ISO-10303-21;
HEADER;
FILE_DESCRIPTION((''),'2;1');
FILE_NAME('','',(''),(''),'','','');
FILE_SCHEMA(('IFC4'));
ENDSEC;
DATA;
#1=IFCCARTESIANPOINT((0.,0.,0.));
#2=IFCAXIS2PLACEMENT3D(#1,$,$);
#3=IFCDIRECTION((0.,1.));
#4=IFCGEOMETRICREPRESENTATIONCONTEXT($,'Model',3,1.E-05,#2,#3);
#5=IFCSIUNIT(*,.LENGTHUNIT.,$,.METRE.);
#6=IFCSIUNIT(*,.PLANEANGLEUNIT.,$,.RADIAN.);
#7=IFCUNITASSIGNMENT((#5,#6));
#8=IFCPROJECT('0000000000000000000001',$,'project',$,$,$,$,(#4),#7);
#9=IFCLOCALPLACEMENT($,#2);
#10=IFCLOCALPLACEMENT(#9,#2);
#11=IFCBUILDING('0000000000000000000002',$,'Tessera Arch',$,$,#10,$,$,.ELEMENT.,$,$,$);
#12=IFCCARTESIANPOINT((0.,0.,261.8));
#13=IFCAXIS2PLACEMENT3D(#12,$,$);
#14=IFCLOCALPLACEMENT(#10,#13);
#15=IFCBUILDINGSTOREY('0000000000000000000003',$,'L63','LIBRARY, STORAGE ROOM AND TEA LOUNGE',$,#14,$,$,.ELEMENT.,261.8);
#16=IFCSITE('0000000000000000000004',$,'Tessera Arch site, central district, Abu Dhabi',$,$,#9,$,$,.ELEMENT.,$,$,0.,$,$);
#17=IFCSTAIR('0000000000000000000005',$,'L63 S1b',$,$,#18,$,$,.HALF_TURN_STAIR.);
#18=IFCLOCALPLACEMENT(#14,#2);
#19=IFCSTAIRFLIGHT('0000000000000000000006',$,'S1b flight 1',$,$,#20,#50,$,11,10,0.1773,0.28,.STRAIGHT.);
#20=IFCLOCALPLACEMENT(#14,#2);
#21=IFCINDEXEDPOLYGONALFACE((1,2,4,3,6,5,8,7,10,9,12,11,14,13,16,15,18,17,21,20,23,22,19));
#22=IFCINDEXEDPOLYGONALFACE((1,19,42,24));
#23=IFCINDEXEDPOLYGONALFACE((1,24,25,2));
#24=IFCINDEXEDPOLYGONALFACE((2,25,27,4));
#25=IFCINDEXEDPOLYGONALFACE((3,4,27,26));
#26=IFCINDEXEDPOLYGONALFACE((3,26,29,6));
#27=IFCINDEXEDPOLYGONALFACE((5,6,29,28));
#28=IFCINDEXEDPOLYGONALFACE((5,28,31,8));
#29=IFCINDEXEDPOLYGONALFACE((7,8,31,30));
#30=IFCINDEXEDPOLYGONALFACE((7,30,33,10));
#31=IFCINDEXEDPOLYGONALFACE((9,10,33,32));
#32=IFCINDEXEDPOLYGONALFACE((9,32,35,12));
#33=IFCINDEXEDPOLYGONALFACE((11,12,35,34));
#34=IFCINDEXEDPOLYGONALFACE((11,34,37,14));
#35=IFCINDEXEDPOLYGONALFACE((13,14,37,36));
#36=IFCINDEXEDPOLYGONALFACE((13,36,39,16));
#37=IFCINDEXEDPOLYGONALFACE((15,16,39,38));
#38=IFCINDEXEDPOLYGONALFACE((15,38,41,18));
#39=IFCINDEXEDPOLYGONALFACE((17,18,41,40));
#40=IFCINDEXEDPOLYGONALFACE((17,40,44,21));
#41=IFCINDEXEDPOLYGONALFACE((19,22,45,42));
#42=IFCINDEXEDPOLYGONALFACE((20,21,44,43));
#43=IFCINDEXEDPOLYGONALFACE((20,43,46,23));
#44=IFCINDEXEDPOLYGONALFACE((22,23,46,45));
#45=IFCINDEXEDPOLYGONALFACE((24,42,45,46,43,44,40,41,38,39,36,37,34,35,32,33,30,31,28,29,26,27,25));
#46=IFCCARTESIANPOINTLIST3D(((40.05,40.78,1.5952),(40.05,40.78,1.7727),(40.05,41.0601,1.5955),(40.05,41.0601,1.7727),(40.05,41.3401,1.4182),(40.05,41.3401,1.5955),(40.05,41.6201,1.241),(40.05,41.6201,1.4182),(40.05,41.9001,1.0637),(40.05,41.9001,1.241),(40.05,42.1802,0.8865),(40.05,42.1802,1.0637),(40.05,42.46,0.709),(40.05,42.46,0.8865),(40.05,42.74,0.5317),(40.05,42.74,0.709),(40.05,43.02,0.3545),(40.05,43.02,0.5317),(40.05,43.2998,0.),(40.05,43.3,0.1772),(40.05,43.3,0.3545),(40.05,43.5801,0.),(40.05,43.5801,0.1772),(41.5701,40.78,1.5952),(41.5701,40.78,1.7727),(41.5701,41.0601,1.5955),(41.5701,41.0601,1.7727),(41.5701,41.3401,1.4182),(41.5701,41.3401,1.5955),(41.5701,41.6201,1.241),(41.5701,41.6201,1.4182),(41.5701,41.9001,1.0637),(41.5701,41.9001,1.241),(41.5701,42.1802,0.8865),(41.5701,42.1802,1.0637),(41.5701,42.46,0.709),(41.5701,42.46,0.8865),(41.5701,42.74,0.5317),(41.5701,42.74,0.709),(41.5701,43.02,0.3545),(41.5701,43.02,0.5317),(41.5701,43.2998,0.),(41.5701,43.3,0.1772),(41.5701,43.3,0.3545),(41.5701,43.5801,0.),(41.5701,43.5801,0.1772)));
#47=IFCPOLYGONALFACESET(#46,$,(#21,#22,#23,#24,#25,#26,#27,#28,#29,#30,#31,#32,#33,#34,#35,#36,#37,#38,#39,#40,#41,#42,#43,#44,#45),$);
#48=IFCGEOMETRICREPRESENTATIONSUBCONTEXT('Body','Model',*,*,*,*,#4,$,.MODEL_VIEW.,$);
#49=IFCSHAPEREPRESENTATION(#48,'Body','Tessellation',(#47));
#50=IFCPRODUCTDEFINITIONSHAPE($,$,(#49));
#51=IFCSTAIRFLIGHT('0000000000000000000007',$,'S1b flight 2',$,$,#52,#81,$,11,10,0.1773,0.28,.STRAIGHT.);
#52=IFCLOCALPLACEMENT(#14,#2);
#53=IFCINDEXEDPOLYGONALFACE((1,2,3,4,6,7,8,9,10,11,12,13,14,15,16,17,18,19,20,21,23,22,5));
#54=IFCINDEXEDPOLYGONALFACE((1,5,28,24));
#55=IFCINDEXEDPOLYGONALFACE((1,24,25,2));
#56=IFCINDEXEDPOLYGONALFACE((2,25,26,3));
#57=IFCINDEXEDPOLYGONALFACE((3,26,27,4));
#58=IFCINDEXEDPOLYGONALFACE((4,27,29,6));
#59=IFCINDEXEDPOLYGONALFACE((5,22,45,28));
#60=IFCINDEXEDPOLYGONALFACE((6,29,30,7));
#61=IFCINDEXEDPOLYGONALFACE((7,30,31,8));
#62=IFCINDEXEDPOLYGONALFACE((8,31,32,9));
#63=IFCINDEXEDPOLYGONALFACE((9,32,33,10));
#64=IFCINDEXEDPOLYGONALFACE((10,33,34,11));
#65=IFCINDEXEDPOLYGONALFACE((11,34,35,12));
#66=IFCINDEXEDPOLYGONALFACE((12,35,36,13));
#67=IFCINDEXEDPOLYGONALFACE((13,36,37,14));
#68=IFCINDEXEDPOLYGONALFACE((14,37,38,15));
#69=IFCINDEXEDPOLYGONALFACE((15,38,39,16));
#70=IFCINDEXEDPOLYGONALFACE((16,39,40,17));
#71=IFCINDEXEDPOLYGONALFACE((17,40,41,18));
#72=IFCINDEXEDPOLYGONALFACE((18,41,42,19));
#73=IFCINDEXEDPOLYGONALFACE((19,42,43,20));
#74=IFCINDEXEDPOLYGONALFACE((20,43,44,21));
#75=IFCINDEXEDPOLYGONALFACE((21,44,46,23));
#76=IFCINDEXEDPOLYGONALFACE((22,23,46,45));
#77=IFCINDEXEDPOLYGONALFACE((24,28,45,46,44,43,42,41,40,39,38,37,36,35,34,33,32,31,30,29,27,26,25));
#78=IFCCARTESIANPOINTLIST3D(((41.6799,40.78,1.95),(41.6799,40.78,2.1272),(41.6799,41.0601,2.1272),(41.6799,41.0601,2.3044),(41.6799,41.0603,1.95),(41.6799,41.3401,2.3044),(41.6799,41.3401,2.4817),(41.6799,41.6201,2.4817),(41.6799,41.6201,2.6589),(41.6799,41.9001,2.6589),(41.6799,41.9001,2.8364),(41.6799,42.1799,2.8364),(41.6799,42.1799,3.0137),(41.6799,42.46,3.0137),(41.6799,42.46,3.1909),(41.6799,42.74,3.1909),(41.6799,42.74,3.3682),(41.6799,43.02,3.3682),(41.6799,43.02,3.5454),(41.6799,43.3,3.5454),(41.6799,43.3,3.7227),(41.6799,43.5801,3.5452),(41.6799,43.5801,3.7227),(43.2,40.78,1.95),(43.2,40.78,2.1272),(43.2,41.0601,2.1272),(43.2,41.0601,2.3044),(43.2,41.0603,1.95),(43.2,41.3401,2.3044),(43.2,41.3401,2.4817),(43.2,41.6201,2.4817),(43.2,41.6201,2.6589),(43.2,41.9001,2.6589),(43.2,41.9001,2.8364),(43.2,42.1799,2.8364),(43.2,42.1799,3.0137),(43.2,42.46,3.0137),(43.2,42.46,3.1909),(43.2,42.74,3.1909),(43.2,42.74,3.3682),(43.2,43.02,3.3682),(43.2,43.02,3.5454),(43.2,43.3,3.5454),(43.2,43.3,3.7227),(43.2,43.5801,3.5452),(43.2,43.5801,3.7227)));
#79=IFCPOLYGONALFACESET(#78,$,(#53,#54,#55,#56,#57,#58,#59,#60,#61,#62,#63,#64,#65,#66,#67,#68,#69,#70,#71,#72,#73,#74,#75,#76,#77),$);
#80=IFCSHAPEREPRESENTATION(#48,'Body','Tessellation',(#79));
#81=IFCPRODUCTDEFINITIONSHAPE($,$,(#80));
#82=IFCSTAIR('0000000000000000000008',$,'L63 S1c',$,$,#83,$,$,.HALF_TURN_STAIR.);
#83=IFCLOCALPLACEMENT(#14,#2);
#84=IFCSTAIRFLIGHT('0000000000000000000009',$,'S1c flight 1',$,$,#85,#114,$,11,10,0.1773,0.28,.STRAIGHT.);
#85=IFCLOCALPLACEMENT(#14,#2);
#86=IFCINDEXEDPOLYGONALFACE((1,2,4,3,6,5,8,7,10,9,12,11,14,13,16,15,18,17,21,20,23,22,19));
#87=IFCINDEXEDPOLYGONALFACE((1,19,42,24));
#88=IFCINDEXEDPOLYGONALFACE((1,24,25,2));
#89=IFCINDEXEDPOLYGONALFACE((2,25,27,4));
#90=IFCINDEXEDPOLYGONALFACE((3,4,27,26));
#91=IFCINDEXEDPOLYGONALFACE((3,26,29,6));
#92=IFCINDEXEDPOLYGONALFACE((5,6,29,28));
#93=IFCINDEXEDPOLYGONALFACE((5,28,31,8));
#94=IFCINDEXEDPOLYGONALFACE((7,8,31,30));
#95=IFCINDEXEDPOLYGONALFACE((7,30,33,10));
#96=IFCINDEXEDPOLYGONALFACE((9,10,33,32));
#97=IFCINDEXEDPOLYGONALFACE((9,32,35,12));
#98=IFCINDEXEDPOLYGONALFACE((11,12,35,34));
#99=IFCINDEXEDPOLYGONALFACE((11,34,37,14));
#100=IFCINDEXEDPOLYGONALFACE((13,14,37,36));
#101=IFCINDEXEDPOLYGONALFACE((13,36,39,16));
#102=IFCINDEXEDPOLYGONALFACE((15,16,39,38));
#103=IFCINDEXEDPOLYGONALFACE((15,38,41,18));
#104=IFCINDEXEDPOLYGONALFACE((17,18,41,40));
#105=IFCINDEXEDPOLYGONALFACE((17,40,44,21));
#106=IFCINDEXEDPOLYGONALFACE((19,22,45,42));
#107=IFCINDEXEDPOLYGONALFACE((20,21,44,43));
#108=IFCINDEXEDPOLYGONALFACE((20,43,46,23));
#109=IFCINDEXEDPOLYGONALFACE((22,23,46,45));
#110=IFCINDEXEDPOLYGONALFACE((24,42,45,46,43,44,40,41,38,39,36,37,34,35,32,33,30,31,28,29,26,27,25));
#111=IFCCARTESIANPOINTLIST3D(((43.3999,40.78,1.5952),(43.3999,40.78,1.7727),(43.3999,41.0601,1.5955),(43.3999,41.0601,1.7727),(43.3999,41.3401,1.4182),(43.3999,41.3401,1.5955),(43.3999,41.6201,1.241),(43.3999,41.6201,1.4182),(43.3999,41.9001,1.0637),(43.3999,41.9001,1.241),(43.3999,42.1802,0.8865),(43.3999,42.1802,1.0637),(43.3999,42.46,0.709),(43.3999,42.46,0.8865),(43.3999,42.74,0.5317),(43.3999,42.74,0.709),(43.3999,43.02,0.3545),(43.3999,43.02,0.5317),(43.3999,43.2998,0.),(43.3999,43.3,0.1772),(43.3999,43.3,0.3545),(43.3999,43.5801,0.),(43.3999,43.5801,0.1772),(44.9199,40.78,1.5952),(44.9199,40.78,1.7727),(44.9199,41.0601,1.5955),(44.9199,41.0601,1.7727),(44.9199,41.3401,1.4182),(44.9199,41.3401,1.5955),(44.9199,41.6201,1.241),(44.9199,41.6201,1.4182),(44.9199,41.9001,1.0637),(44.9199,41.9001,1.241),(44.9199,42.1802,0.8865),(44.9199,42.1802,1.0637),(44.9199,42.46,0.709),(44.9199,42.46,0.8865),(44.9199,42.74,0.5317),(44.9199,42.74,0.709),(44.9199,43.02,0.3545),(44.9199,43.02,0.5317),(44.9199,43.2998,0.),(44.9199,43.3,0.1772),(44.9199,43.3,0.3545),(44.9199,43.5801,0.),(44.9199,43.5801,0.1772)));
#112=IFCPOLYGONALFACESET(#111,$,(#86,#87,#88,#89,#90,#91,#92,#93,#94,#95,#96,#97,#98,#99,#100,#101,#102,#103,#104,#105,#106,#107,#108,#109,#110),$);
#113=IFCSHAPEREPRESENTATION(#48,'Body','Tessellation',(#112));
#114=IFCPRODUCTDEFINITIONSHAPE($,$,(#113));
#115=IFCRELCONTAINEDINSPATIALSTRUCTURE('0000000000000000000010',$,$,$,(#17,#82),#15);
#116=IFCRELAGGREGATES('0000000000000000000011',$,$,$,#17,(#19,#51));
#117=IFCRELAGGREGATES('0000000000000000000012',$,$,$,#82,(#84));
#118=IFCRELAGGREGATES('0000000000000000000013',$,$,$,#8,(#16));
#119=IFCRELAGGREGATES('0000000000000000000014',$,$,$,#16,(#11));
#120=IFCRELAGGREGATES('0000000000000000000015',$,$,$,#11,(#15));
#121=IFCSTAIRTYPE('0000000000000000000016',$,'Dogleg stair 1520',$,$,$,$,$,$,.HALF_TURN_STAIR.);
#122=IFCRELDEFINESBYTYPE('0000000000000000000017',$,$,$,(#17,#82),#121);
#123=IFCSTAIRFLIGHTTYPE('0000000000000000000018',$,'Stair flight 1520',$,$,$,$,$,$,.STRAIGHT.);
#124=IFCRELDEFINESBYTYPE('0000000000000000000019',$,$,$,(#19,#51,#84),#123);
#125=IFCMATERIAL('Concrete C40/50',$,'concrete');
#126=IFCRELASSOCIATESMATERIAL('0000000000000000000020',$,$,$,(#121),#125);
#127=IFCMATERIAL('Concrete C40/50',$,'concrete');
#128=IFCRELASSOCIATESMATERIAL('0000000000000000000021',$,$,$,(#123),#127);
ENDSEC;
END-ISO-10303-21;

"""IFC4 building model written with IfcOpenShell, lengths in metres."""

from ifc_helpers import new_model, si_unit, direction, frame, origin, place, context, subcontext, project, spatial, polyline, outline, extrude, material, type_object, element, aggregate, save


model = new_model("IFC4")

# Units and contexts
model_context = context("Model", 3, precision=1e-05, world=origin(), true_north=direction((0.0, 1.0)))
body_context = subcontext(model_context, "Body", "Model", "MODEL_VIEW")
ifc_project = project(units=[si_unit("LENGTHUNIT", "METRE"), si_unit("PLANEANGLEUNIT", "RADIAN")], contexts=[model_context])

# Site, building, storey
site_placement = place(None, origin())
site = spatial("IfcSite", under=ifc_project, at=site_placement, Name="Tessera Arch site, central district, Abu Dhabi", CompositionType="ELEMENT", RefElevation=0.0)
building_placement = place(site_placement, origin())
building = spatial("IfcBuilding", under=site, at=building_placement, Name="Tessera Arch", CompositionType="ELEMENT")
storey_placement = place(building_placement, frame((0.0, 0.0, 261.8)))
storey = spatial("IfcBuildingStorey", under=building, at=storey_placement, Name="L63", Description="LIBRARY, STORAGE ROOM AND TEA LOUNGE", CompositionType="ELEMENT", Elevation=261.8)

# Stair, stair flights
ifc_material_1 = material(Name="Concrete C40/50", Category="concrete")
stair_type = type_object("IfcStairType", Name="Dogleg stair 1520", PredefinedType="HALF_TURN_STAIR", material=ifc_material_1)
ifc_material_2 = material(Name="Concrete C40/50", Category="concrete")
stair_flight_type = type_object("IfcStairFlightType", Name="Stair flight 1520", PredefinedType="STRAIGHT", material=ifc_material_2)
stair_1_placement = place(storey_placement, origin())
stair_1 = element("IfcStair", 1, at=stair_1_placement, inside=storey, type_object=stair_type, Name="L63 S1b", PredefinedType="HALF_TURN_STAIR")
stair_flight_1_placement = place(storey_placement, frame((40.8101, 43.5801, 0.0), z_axis=(0.0, 0.0, 1.0), x_axis=(0.0, -1.0, 0.0)))
stair_flight_1 = element("IfcStairFlight", 2, at=stair_flight_1_placement, type_object=stair_flight_type, Name="S1b flight 1", NumberOfRisers=11, NumberOfTreads=10, PredefinedType="STRAIGHT", RiserHeight=0.1773, TreadLength=0.28, context=body_context, shape_type="SweptSolid", body=[
    extrude(outline(polyline([(0.0, 0.0), (0.0, 0.1772), (0.28, 0.1772), (0.28, 0.3545), (0.5601, 0.3545), (0.5601, 0.5317), (0.8401, 0.5317), (0.8401, 0.709), (1.1201, 0.709), (1.1201, 0.8865), (1.3999, 0.8865), (1.3999, 1.0637), (1.6799, 1.0637), (1.6799, 1.241), (1.96, 1.241), (1.96, 1.4182), (2.24, 1.4182), (2.24, 1.5955), (2.52, 1.5955), (2.52, 1.7727), (2.8, 1.7727), (2.8, 1.95), (2.8, 1.5952), (0.2803, 0.0), (0.0, 0.0)])), frame((0.0, 0.76, 0.0), z_axis=(0.0, -1.0, 0.0), x_axis=(1.0, 0.0, 0.0)), (0.0, 0.0, 1.0), 1.52),
])
stair_flight_2_placement = place(storey_placement, frame((42.4399, 40.78, 1.95), z_axis=(0.0, 0.0, 1.0), x_axis=(0.0, 1.0, 0.0)))
stair_flight_2 = element("IfcStairFlight", 3, at=stair_flight_2_placement, type_object=stair_flight_type, Name="S1b flight 2", NumberOfRisers=11, NumberOfTreads=10, PredefinedType="STRAIGHT", RiserHeight=0.1773, TreadLength=0.28, context=body_context, shape_type="SweptSolid", body=[
    extrude(outline(polyline([(0.0, 0.0), (0.0, 0.1772), (0.28, 0.1772), (0.28, 0.3545), (0.5601, 0.3545), (0.5601, 0.5317), (0.8401, 0.5317), (0.8401, 0.709), (1.1201, 0.709), (1.1201, 0.8865), (1.3999, 0.8865), (1.3999, 1.0637), (1.6799, 1.0637), (1.6799, 1.241), (1.96, 1.241), (1.96, 1.4182), (2.24, 1.4182), (2.24, 1.5955), (2.52, 1.5955), (2.52, 1.7727), (2.8, 1.7727), (2.8, 1.95), (2.8, 1.5952), (0.2803, 0.0), (0.0, 0.0)])), frame((0.0, 0.76, 0.0), z_axis=(0.0, -1.0, 0.0), x_axis=(1.0, 0.0, 0.0)), (0.0, 0.0, 1.0), 1.52),
])
aggregate(stair_1, [stair_flight_1, stair_flight_2])

# Stair, stair flight
stair_2_placement = place(storey_placement, origin())
stair_2 = element("IfcStair", 4, at=stair_2_placement, inside=storey, type_object=stair_type, Name="L63 S1c", PredefinedType="HALF_TURN_STAIR")
stair_flight_3_placement = place(storey_placement, frame((44.1599, 43.5801, 0.0), z_axis=(0.0, 0.0, 1.0), x_axis=(0.0, -1.0, 0.0)))
stair_flight_3 = element("IfcStairFlight", 5, at=stair_flight_3_placement, type_object=stair_flight_type, Name="S1c flight 1", NumberOfRisers=11, NumberOfTreads=10, PredefinedType="STRAIGHT", RiserHeight=0.1773, TreadLength=0.28, context=body_context, shape_type="SweptSolid", body=[
    extrude(outline(polyline([(0.0, 0.0), (0.0, 0.1772), (0.28, 0.1772), (0.28, 0.3545), (0.5601, 0.3545), (0.5601, 0.5317), (0.8401, 0.5317), (0.8401, 0.709), (1.1201, 0.709), (1.1201, 0.8865), (1.3999, 0.8865), (1.3999, 1.0637), (1.6799, 1.0637), (1.6799, 1.241), (1.96, 1.241), (1.96, 1.4182), (2.24, 1.4182), (2.24, 1.5955), (2.52, 1.5955), (2.52, 1.7727), (2.8, 1.7727), (2.8, 1.95), (2.8, 1.5952), (0.2803, 0.0), (0.0, 0.0)])), frame((0.0, 0.76, 0.0), z_axis=(0.0, -1.0, 0.0), x_axis=(1.0, 0.0, 0.0)), (0.0, 0.0, 1.0), 1.52),
])
aggregate(stair_2, [stair_flight_3])

save(model, "model.ifc")
